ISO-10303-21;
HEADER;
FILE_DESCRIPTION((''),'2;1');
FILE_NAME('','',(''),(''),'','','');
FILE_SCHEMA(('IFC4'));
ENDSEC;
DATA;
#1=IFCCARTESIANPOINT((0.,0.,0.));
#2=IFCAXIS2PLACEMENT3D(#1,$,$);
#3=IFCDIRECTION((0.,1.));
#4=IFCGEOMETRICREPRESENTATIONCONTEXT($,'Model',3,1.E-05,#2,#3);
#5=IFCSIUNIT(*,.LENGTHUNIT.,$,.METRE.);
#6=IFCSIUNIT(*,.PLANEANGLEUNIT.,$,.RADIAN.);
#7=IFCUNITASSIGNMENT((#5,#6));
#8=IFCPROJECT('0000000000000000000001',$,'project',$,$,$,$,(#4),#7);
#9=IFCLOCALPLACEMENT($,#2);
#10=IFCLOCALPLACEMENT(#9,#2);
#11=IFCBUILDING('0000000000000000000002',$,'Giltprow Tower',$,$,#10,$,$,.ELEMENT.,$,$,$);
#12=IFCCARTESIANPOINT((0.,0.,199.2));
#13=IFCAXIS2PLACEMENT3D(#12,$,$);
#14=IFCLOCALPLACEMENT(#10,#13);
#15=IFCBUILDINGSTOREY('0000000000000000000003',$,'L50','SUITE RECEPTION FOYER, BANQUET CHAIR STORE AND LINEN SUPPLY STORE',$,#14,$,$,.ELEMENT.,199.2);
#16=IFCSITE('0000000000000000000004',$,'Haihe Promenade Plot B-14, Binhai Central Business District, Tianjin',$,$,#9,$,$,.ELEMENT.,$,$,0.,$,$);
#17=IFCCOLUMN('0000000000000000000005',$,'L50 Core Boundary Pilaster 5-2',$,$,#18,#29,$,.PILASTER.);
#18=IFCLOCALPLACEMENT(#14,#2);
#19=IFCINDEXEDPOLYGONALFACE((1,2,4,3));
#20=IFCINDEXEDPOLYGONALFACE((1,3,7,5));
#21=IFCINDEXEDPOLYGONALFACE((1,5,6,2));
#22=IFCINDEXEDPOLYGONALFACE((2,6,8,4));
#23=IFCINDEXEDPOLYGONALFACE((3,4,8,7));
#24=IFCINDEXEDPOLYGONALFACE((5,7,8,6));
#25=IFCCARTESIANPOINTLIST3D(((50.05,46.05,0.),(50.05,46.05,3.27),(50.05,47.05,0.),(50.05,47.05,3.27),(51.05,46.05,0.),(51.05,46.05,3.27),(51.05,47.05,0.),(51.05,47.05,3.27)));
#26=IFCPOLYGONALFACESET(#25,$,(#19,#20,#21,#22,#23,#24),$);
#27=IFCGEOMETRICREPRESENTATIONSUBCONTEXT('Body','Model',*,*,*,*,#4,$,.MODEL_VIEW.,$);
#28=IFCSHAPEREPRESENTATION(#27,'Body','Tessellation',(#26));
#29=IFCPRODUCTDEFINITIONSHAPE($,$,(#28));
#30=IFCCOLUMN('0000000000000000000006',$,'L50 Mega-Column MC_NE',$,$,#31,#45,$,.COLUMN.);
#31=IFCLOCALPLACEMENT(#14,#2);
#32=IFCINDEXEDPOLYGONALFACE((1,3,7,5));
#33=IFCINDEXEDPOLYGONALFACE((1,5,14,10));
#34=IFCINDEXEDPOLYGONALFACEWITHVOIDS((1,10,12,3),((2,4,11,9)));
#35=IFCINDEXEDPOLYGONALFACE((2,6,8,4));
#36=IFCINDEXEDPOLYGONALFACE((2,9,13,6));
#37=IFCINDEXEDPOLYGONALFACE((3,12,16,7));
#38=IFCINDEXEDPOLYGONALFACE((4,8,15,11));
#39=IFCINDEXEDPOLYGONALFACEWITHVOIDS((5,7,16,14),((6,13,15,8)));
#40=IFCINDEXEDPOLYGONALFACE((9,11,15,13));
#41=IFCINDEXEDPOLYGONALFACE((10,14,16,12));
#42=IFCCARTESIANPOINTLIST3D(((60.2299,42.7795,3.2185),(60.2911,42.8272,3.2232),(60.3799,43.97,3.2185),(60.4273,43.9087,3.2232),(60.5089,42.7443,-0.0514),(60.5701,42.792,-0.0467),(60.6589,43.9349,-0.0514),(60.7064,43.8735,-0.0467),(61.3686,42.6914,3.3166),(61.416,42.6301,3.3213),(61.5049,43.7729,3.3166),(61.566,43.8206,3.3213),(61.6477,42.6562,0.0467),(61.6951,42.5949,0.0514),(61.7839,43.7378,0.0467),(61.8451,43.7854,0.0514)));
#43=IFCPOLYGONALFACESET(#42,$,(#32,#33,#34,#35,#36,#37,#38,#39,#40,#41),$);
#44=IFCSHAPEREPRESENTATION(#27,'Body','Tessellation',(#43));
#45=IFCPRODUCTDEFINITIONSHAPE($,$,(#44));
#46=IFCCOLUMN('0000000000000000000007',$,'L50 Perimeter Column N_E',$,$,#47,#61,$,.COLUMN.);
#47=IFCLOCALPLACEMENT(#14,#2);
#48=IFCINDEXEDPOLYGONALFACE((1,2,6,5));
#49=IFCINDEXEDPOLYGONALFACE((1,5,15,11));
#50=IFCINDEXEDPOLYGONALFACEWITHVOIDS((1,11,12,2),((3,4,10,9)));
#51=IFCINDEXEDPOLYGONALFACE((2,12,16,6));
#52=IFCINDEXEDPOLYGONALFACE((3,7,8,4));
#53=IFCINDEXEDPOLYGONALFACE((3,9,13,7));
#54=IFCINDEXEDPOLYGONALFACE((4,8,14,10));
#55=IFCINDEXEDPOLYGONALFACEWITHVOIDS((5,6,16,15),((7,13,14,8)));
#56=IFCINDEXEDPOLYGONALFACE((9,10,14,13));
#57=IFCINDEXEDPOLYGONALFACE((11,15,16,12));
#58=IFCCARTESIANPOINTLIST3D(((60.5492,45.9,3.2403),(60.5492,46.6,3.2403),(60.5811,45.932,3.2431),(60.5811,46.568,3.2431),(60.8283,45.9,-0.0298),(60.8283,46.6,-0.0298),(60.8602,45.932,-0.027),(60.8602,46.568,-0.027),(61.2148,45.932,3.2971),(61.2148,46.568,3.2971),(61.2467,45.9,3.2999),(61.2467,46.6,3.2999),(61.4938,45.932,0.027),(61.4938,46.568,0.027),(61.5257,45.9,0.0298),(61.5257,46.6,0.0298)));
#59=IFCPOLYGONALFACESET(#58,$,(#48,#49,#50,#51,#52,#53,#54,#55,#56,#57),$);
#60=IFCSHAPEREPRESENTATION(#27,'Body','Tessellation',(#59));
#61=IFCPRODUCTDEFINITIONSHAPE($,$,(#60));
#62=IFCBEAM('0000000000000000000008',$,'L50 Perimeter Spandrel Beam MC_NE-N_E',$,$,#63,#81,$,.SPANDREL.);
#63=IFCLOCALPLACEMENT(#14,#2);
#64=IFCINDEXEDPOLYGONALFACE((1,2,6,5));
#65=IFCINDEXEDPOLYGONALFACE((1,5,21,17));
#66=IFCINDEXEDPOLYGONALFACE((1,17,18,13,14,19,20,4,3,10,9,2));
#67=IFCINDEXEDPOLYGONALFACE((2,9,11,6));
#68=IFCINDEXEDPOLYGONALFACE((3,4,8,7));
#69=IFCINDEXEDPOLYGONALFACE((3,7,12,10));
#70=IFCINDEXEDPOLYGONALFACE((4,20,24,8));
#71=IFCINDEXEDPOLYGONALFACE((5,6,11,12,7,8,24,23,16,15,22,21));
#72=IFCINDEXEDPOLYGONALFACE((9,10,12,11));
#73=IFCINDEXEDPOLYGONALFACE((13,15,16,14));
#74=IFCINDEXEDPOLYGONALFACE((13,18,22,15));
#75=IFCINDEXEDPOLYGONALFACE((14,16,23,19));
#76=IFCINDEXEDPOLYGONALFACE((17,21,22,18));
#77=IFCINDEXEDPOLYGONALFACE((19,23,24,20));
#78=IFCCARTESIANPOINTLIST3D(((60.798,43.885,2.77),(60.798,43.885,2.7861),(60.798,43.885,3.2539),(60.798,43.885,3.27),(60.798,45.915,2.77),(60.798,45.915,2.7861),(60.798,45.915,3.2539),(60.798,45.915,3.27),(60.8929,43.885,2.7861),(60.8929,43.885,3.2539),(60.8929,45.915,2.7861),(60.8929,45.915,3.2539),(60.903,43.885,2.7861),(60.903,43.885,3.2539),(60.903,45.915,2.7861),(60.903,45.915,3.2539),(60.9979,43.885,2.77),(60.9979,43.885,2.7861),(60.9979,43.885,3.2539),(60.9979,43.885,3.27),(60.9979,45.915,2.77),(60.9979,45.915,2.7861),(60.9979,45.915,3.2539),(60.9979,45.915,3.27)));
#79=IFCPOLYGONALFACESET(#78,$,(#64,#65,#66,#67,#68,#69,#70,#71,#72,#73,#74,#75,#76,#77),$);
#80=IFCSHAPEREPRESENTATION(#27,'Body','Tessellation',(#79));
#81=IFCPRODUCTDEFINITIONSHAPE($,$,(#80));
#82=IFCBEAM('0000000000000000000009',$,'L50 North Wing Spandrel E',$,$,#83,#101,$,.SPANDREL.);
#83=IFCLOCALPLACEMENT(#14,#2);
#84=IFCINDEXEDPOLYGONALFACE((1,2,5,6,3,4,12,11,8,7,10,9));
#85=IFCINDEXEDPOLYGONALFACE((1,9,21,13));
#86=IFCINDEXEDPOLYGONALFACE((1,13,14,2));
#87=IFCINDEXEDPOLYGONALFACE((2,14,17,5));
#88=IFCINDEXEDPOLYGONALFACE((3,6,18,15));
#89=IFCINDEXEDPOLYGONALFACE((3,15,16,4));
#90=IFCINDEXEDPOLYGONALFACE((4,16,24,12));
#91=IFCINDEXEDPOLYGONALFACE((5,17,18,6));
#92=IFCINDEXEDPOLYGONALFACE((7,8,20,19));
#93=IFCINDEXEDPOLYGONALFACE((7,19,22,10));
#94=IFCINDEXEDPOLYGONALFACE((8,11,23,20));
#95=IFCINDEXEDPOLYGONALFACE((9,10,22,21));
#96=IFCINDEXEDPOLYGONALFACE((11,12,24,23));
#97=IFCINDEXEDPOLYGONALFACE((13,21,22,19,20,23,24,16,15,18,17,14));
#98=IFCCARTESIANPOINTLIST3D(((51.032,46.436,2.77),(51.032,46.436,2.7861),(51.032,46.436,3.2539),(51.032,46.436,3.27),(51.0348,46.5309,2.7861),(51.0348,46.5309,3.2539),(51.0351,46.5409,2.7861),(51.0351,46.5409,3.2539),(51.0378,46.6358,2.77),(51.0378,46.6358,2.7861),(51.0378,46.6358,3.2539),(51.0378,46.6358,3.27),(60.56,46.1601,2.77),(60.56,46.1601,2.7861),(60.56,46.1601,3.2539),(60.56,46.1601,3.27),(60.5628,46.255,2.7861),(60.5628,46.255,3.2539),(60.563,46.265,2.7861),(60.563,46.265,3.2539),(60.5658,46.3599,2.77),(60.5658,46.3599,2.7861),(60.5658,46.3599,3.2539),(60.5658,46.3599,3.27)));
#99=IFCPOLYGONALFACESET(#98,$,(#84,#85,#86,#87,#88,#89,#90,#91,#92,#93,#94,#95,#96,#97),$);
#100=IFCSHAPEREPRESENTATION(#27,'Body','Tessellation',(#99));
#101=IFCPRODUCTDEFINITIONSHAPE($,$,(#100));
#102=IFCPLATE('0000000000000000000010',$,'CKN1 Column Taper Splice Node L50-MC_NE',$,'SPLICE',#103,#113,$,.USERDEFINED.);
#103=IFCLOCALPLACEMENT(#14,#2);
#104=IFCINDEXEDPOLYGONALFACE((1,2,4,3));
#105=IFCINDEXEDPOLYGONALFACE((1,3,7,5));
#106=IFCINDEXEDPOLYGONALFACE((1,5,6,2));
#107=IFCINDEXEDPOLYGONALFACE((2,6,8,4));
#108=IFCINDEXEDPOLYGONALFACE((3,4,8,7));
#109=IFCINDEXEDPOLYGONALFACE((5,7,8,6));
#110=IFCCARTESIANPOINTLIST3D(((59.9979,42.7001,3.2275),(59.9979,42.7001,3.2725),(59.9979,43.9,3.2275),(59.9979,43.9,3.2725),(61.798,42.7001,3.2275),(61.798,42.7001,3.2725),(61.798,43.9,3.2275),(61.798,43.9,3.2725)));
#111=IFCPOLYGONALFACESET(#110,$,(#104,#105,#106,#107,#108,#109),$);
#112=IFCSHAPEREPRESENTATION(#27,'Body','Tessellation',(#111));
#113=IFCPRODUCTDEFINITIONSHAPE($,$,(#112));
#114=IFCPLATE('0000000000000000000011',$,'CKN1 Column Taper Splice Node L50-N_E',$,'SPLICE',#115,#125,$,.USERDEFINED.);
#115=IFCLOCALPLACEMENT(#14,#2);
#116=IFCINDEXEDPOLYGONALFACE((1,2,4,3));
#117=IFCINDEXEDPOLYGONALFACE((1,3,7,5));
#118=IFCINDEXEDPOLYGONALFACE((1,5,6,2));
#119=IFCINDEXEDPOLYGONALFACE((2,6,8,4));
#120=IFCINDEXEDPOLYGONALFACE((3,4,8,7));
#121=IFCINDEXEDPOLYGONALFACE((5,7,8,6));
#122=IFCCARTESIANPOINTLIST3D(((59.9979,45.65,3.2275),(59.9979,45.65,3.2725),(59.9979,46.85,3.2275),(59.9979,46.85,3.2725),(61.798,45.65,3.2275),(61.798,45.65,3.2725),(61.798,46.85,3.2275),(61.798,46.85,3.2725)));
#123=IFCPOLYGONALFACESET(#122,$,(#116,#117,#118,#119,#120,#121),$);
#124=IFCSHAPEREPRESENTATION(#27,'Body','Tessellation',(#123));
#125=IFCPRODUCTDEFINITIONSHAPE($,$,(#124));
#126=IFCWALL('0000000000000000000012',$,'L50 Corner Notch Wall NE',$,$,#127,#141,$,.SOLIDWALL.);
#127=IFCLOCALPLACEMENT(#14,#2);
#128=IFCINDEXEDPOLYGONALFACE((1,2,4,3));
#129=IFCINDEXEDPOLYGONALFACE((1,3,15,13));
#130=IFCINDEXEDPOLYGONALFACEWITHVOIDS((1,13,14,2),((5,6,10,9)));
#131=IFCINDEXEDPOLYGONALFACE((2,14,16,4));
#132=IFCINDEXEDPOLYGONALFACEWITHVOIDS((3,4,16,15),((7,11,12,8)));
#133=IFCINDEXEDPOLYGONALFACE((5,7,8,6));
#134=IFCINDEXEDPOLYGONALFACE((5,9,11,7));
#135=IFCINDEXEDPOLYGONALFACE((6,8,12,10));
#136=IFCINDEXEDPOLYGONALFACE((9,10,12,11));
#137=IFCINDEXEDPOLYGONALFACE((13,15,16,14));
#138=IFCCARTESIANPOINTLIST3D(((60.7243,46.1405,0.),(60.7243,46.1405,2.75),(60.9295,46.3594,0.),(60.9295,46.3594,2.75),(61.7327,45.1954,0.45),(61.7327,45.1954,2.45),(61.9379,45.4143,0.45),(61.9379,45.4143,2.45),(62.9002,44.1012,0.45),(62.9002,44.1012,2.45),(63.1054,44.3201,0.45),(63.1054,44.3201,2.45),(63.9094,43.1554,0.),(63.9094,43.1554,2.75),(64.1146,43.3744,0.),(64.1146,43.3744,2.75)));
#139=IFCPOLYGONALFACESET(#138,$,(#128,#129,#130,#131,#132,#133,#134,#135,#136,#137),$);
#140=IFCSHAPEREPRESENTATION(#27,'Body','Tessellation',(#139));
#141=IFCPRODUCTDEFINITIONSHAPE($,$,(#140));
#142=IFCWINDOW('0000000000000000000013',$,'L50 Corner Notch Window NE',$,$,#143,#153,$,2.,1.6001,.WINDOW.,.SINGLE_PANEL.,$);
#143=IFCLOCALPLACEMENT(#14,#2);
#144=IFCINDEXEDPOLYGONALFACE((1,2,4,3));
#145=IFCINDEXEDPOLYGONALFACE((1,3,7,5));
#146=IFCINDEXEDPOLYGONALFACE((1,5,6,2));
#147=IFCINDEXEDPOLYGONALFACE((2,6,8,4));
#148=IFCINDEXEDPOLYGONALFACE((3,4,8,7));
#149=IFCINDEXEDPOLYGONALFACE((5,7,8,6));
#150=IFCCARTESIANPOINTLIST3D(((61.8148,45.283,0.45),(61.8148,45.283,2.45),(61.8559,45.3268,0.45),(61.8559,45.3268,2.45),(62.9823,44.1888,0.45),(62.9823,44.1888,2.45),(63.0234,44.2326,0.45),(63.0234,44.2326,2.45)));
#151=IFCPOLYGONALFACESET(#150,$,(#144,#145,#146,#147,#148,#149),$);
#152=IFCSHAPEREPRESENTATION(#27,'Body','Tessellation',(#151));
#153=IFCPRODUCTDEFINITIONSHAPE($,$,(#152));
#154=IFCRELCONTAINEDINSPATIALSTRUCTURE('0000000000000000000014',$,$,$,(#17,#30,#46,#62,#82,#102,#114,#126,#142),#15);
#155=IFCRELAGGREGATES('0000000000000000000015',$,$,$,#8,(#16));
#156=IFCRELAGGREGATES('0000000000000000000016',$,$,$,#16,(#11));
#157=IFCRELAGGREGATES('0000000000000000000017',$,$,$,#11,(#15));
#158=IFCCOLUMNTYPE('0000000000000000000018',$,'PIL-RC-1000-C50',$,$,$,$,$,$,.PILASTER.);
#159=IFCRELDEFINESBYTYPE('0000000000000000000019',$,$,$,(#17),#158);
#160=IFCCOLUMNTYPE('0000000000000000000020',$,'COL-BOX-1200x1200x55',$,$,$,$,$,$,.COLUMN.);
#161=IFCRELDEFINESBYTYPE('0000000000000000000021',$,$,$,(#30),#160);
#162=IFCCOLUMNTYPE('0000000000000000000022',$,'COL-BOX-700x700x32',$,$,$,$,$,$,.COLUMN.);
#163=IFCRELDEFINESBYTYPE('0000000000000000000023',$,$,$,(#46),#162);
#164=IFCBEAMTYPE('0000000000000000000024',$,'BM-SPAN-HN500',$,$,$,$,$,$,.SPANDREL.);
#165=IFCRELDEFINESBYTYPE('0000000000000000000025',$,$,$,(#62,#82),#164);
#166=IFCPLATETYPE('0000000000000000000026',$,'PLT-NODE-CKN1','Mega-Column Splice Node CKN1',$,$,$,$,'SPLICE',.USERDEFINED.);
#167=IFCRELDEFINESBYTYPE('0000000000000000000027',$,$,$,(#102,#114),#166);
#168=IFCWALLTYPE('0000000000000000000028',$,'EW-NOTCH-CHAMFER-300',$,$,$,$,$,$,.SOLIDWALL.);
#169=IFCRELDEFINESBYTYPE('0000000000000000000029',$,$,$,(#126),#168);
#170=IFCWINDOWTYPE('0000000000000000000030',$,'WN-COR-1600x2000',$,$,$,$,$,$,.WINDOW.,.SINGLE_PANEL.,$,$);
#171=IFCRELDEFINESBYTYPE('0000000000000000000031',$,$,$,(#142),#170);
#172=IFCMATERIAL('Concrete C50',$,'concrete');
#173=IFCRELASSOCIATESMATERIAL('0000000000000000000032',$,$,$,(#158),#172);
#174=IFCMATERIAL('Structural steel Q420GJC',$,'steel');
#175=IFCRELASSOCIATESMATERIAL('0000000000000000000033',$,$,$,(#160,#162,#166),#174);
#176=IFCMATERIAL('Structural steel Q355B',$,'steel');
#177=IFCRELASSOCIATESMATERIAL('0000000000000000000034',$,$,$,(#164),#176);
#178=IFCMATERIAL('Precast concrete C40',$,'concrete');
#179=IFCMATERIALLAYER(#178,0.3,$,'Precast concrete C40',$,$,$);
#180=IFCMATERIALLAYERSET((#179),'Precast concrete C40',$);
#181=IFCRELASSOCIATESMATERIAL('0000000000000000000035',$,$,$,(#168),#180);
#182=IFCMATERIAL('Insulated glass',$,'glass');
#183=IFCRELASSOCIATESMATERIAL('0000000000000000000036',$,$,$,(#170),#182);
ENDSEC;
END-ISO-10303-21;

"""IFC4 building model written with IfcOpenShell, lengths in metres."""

from ifc_helpers import new_model, si_unit, direction, frame, frame_2d, origin, origin_2d, place, context, subcontext, project, spatial, rectangle, hollow_rectangle, i_section, extrude, source, transform, mapped, material, layer, layer_set, material_profile, profile_set, type_object, element, fill, save


model = new_model("IFC4")

# Units and contexts
model_context = context("Model", 3, precision=1e-05, world=origin(), true_north=direction((0.0, 1.0)))
body_context = subcontext(model_context, "Body", "Model", "MODEL_VIEW")
ifc_project = project(units=[si_unit("LENGTHUNIT", "METRE"), si_unit("PLANEANGLEUNIT", "RADIAN")], contexts=[model_context])

# Site, building, storey
site_placement = place(None, origin())
site = spatial("IfcSite", under=ifc_project, at=site_placement, Name="Haihe Promenade Plot B-14, Binhai Central Business District, Tianjin", CompositionType="ELEMENT", RefElevation=0.0)
building_placement = place(site_placement, origin())
building = spatial("IfcBuilding", under=site, at=building_placement, Name="Giltprow Tower", CompositionType="ELEMENT")
storey_placement = place(building_placement, frame((0.0, 0.0, 199.2)))
storey = spatial("IfcBuildingStorey", under=building, at=storey_placement, Name="L50", Description="SUITE RECEPTION FOYER, BANQUET CHAIR STORE AND LINEN SUPPLY STORE", CompositionType="ELEMENT", Elevation=199.2)

# Columns
ifc_material_1 = material(Name="Concrete C50", Category="concrete")
ifc_material_profile_1 = material_profile(ifc_material_1, rectangle(XDim=1.0, YDim=1.0, at=origin_2d()), Name="RC 1000x1000")
ifc_profile_set_1 = profile_set([ifc_material_profile_1], Name="Concrete C50")
column_type_1 = type_object("IfcColumnType", Name="PIL-RC-1000-C50", PredefinedType="PILASTER", material=ifc_profile_set_1)
shared_shape_1 = source(origin(), body_context, "Body", "SweptSolid", [
    extrude(rectangle(XDim=1.0, YDim=1.0, at=origin_2d()), origin(), (0.0, 0.0, 1.0), 3.27),
])
column_1_placement = place(storey_placement, frame((50.55, 46.55, 0.0), z_axis=(0.0, 0.0, 1.0), x_axis=(1.0, 0.0, 0.0)))
element("IfcColumn", 1, at=column_1_placement, inside=storey, type_object=column_type_1, Name="L50 Core Boundary Pilaster 5-2", PredefinedType="PILASTER", context=body_context, shape_type="MappedRepresentation", body=[
    mapped(shared_shape_1, transform((0.0, 0.0, 0.0), x_axis=(1.0, 0.0, 0.0), y_axis=(0.0, 1.0, 0.0), z_axis=(0.0, 0.0, 1.0), scale=1.0)),
])
ifc_material_2 = material(Name="Structural steel Q420GJC", Category="steel")
ifc_material_profile_2 = material_profile(ifc_material_2, hollow_rectangle(XDim=1.2, YDim=1.2, WallThickness=0.0549, at=origin_2d()), Name="BOX 1200x1200x55")
ifc_profile_set_2 = profile_set([ifc_material_profile_2], Name="Structural steel Q420GJC")
column_type_2 = type_object("IfcColumnType", Name="COL-BOX-1200x1200x55", PredefinedType="COLUMN", material=ifc_profile_set_2)
shared_shape_2 = source(origin(), body_context, "Body", "SweptSolid", [
    extrude(hollow_rectangle(XDim=1.2, YDim=1.2, WallThickness=0.0549, at=origin_2d()), origin(), (0.0, 0.0, 1.0), 3.282),
])
column_2_placement = place(storey_placement, frame((61.177, 43.2649, 0.0), z_axis=(-0.085023, 0.010712, 0.996321), x_axis=(-0.124996, -0.992157, 0.0)))
element("IfcColumn", 2, at=column_2_placement, inside=storey, type_object=column_type_2, Name="L50 Mega-Column MC_NE", PredefinedType="COLUMN", context=body_context, shape_type="MappedRepresentation", body=[
    mapped(shared_shape_2, transform((0.0, 0.0, 0.0), x_axis=(1.0, 0.0, 0.0), y_axis=(0.0, 1.0, 0.0), z_axis=(0.0, 0.0, 1.0), scale=1.0)),
])
ifc_material_profile_3 = material_profile(ifc_material_2, hollow_rectangle(XDim=0.7, YDim=0.7, WallThickness=0.032, at=origin_2d()), Name="BOX 700x700x32")
ifc_profile_set_3 = profile_set([ifc_material_profile_3], Name="Structural steel Q420GJC")
column_type_3 = type_object("IfcColumnType", Name="COL-BOX-700x700x32", PredefinedType="COLUMN", material=ifc_profile_set_3)
shared_shape_3 = source(origin(), body_context, "Body", "SweptSolid", [
    extrude(hollow_rectangle(XDim=0.7, YDim=0.7, WallThickness=0.032, at=origin_2d()), origin(), (0.0, 0.0, 1.0), 3.282),
])
column_3_placement = place(storey_placement, frame((61.177, 46.25, 0.0), z_axis=(-0.085028, 0.0, 0.996379), x_axis=(0.0, -1.0, 0.0)))
element("IfcColumn", 3, at=column_3_placement, inside=storey, type_object=column_type_3, Name="L50 Perimeter Column N_E", PredefinedType="COLUMN", context=body_context, shape_type="MappedRepresentation", body=[
    mapped(shared_shape_3, transform((0.0, 0.0, 0.0), x_axis=(1.0, 0.0, 0.0), y_axis=(0.0, 1.0, 0.0), z_axis=(0.0, 0.0, 1.0), scale=1.0)),
])

# Beams
ifc_material_3 = material(Name="Structural steel Q355B", Category="steel")
ifc_material_profile_4 = material_profile(ifc_material_3, i_section(OverallWidth=0.2, OverallDepth=0.5, WebThickness=0.01, FlangeThickness=0.0161, at=origin_2d()), Name="HN 500x200x10x16")
ifc_profile_set_4 = profile_set([ifc_material_profile_4], Name="Structural steel Q355B")
beam_type = type_object("IfcBeamType", Name="BM-SPAN-HN500", PredefinedType="SPANDREL", material=ifc_profile_set_4)
shared_shape_4 = source(origin(), body_context, "Body", "SweptSolid", [
    extrude(i_section(OverallWidth=0.2, OverallDepth=0.5, WebThickness=0.01, FlangeThickness=0.0161, at=origin_2d()), origin(), (0.0, 0.0, 1.0), 2.03),
])
beam_1_placement = place(storey_placement, frame((60.8979, 43.885, 3.02), z_axis=(0.0, 1.0, 0.0), x_axis=(-1.0, 0.0, 0.0)))
element("IfcBeam", 4, at=beam_1_placement, inside=storey, type_object=beam_type, Name="L50 Perimeter Spandrel Beam MC_NE-N_E", PredefinedType="SPANDREL", context=body_context, shape_type="MappedRepresentation", body=[
    mapped(shared_shape_4, transform((0.0, 0.0, 0.0), x_axis=(1.0, 0.0, 0.0), y_axis=(0.0, 1.0, 0.0), z_axis=(0.0, 0.0, 1.0), scale=1.0)),
])
shared_shape_5 = source(origin(), body_context, "Body", "SweptSolid", [
    extrude(i_section(OverallWidth=0.2, OverallDepth=0.5, WebThickness=0.01, FlangeThickness=0.0161, at=origin_2d()), origin(), (0.0, 0.0, 1.0), 9.532),
])
beam_2_placement = place(storey_placement, frame((51.0349, 46.5359, 3.02), z_axis=(0.999581, -0.028942, 0.0), x_axis=(0.028942, 0.999581, 0.0)))
element("IfcBeam", 5, at=beam_2_placement, inside=storey, type_object=beam_type, Name="L50 North Wing Spandrel E", PredefinedType="SPANDREL", context=body_context, shape_type="MappedRepresentation", body=[
    mapped(shared_shape_5, transform((0.0, 0.0, 0.0), x_axis=(1.0, 0.0, 0.0), y_axis=(0.0, 1.0, 0.0), z_axis=(0.0, 0.0, 1.0), scale=1.0)),
])

# Plates
plate_type = type_object("IfcPlateType", Name="PLT-NODE-CKN1", Description="Mega-Column Splice Node CKN1", ElementType="SPLICE", PredefinedType="USERDEFINED", material=ifc_material_2)
shared_shape_6 = source(origin(), body_context, "Body", "SweptSolid", [
    extrude(rectangle(XDim=1.8, YDim=1.2, at=origin_2d()), origin(), (0.0, 0.0, 1.0), 0.0449),
])
for number, where, z_axis, x_axis, name in (
    (6, (60.8979, 43.3, 3.2275), (0.0, 0.0, 1.0), (1.0, 0.0, 0.0), "CKN1 Column Taper Splice Node L50-MC_NE"),
    (7, (60.8979, 46.25, 3.2275), (0.0, 0.0, 1.0), (1.0, 0.0, 0.0), "CKN1 Column Taper Splice Node L50-N_E"),
):
    element("IfcPlate", number, at=place(storey_placement, frame(where, z_axis=z_axis, x_axis=x_axis)), inside=storey, type_object=plate_type, Name=name, ObjectType="SPLICE", PredefinedType="USERDEFINED", context=body_context, shape_type="MappedRepresentation", body=[
        mapped(shared_shape_6, transform((0.0, 0.0, 0.0), x_axis=(1.0, 0.0, 0.0), y_axis=(0.0, 1.0, 0.0), z_axis=(0.0, 0.0, 1.0), scale=1.0)),
    ])

# Wall, opening, window
ifc_material_4 = material(Name="Precast concrete C40", Category="concrete")
ifc_layer_1 = layer(ifc_material_4, 0.3, Name="Precast concrete C40")
ifc_layer_set_1 = layer_set([ifc_layer_1], Name="Precast concrete C40")
wall_type_1 = type_object("IfcWallType", Name="EW-NOTCH-CHAMFER-300", PredefinedType="SOLIDWALL", material=ifc_layer_set_1)
wall_1_placement = place(storey_placement, frame((64.012, 43.2649, 0.0), z_axis=(0.0, 0.0, 1.0), x_axis=(-0.729638, 0.683833, 0.0)))
wall_1 = element("IfcWall", 8, at=wall_1_placement, inside=storey, type_object=wall_type_1, Name="L50 Corner Notch Wall NE", PredefinedType="SOLIDWALL", context=body_context, shape_type="SweptSolid", body=[
    extrude(rectangle(XDim=4.3652, YDim=0.3, at=frame_2d((2.1826, 0.0))), origin(), (0.0, 0.0, 1.0), 2.75),
])
opening_1_placement = place(wall_1_placement, frame((1.3831, 0.0, 0.45)))
opening_1 = element("IfcOpeningElement", 9, at=opening_1_placement, cuts=wall_1, PredefinedType="OPENING", context=body_context, shape_type="SweptSolid", body=[
    extrude(rectangle(XDim=1.6001, YDim=2.0, at=frame_2d((0.8, 1.0))), frame((0.0, 0.1599, 0.0), z_axis=(0.0, -1.0, 0.0), x_axis=(1.0, 0.0, 0.0)), (0.0, 0.0, 1.0), 0.3201),
])
ifc_material_5 = material(Name="Insulated glass", Category="glass")
window_type = type_object("IfcWindowType", Name="WN-COR-1600x2000", PartitioningType="SINGLE_PANEL", PredefinedType="WINDOW", material=ifc_material_5)
shared_shape_7 = source(origin(), body_context, "Body", "SweptSolid", [
    extrude(rectangle(XDim=1.6001, YDim=2.0, at=frame_2d((0.8, 1.0))), frame((0.0, 0.03, 0.0), z_axis=(0.0, -1.0, 0.0), x_axis=(1.0, 0.0, 0.0)), (0.0, 0.0, 1.0), 0.0601),
])
window_1_placement = place(opening_1_placement, origin())
window_1 = element("IfcWindow", 10, at=window_1_placement, inside=storey, type_object=window_type, Name="L50 Corner Notch Window NE", OverallHeight=2.0, OverallWidth=1.6001, PartitioningType="SINGLE_PANEL", PredefinedType="WINDOW", context=body_context, shape_type="MappedRepresentation", body=[
    mapped(shared_shape_7, transform((0.0, 0.0, 0.0), x_axis=(1.0, 0.0, 0.0), y_axis=(0.0, 1.0, 0.0), z_axis=(0.0, 0.0, 1.0), scale=1.0)),
])
fill(opening_1, window_1)

save(model, "model.ifc")
